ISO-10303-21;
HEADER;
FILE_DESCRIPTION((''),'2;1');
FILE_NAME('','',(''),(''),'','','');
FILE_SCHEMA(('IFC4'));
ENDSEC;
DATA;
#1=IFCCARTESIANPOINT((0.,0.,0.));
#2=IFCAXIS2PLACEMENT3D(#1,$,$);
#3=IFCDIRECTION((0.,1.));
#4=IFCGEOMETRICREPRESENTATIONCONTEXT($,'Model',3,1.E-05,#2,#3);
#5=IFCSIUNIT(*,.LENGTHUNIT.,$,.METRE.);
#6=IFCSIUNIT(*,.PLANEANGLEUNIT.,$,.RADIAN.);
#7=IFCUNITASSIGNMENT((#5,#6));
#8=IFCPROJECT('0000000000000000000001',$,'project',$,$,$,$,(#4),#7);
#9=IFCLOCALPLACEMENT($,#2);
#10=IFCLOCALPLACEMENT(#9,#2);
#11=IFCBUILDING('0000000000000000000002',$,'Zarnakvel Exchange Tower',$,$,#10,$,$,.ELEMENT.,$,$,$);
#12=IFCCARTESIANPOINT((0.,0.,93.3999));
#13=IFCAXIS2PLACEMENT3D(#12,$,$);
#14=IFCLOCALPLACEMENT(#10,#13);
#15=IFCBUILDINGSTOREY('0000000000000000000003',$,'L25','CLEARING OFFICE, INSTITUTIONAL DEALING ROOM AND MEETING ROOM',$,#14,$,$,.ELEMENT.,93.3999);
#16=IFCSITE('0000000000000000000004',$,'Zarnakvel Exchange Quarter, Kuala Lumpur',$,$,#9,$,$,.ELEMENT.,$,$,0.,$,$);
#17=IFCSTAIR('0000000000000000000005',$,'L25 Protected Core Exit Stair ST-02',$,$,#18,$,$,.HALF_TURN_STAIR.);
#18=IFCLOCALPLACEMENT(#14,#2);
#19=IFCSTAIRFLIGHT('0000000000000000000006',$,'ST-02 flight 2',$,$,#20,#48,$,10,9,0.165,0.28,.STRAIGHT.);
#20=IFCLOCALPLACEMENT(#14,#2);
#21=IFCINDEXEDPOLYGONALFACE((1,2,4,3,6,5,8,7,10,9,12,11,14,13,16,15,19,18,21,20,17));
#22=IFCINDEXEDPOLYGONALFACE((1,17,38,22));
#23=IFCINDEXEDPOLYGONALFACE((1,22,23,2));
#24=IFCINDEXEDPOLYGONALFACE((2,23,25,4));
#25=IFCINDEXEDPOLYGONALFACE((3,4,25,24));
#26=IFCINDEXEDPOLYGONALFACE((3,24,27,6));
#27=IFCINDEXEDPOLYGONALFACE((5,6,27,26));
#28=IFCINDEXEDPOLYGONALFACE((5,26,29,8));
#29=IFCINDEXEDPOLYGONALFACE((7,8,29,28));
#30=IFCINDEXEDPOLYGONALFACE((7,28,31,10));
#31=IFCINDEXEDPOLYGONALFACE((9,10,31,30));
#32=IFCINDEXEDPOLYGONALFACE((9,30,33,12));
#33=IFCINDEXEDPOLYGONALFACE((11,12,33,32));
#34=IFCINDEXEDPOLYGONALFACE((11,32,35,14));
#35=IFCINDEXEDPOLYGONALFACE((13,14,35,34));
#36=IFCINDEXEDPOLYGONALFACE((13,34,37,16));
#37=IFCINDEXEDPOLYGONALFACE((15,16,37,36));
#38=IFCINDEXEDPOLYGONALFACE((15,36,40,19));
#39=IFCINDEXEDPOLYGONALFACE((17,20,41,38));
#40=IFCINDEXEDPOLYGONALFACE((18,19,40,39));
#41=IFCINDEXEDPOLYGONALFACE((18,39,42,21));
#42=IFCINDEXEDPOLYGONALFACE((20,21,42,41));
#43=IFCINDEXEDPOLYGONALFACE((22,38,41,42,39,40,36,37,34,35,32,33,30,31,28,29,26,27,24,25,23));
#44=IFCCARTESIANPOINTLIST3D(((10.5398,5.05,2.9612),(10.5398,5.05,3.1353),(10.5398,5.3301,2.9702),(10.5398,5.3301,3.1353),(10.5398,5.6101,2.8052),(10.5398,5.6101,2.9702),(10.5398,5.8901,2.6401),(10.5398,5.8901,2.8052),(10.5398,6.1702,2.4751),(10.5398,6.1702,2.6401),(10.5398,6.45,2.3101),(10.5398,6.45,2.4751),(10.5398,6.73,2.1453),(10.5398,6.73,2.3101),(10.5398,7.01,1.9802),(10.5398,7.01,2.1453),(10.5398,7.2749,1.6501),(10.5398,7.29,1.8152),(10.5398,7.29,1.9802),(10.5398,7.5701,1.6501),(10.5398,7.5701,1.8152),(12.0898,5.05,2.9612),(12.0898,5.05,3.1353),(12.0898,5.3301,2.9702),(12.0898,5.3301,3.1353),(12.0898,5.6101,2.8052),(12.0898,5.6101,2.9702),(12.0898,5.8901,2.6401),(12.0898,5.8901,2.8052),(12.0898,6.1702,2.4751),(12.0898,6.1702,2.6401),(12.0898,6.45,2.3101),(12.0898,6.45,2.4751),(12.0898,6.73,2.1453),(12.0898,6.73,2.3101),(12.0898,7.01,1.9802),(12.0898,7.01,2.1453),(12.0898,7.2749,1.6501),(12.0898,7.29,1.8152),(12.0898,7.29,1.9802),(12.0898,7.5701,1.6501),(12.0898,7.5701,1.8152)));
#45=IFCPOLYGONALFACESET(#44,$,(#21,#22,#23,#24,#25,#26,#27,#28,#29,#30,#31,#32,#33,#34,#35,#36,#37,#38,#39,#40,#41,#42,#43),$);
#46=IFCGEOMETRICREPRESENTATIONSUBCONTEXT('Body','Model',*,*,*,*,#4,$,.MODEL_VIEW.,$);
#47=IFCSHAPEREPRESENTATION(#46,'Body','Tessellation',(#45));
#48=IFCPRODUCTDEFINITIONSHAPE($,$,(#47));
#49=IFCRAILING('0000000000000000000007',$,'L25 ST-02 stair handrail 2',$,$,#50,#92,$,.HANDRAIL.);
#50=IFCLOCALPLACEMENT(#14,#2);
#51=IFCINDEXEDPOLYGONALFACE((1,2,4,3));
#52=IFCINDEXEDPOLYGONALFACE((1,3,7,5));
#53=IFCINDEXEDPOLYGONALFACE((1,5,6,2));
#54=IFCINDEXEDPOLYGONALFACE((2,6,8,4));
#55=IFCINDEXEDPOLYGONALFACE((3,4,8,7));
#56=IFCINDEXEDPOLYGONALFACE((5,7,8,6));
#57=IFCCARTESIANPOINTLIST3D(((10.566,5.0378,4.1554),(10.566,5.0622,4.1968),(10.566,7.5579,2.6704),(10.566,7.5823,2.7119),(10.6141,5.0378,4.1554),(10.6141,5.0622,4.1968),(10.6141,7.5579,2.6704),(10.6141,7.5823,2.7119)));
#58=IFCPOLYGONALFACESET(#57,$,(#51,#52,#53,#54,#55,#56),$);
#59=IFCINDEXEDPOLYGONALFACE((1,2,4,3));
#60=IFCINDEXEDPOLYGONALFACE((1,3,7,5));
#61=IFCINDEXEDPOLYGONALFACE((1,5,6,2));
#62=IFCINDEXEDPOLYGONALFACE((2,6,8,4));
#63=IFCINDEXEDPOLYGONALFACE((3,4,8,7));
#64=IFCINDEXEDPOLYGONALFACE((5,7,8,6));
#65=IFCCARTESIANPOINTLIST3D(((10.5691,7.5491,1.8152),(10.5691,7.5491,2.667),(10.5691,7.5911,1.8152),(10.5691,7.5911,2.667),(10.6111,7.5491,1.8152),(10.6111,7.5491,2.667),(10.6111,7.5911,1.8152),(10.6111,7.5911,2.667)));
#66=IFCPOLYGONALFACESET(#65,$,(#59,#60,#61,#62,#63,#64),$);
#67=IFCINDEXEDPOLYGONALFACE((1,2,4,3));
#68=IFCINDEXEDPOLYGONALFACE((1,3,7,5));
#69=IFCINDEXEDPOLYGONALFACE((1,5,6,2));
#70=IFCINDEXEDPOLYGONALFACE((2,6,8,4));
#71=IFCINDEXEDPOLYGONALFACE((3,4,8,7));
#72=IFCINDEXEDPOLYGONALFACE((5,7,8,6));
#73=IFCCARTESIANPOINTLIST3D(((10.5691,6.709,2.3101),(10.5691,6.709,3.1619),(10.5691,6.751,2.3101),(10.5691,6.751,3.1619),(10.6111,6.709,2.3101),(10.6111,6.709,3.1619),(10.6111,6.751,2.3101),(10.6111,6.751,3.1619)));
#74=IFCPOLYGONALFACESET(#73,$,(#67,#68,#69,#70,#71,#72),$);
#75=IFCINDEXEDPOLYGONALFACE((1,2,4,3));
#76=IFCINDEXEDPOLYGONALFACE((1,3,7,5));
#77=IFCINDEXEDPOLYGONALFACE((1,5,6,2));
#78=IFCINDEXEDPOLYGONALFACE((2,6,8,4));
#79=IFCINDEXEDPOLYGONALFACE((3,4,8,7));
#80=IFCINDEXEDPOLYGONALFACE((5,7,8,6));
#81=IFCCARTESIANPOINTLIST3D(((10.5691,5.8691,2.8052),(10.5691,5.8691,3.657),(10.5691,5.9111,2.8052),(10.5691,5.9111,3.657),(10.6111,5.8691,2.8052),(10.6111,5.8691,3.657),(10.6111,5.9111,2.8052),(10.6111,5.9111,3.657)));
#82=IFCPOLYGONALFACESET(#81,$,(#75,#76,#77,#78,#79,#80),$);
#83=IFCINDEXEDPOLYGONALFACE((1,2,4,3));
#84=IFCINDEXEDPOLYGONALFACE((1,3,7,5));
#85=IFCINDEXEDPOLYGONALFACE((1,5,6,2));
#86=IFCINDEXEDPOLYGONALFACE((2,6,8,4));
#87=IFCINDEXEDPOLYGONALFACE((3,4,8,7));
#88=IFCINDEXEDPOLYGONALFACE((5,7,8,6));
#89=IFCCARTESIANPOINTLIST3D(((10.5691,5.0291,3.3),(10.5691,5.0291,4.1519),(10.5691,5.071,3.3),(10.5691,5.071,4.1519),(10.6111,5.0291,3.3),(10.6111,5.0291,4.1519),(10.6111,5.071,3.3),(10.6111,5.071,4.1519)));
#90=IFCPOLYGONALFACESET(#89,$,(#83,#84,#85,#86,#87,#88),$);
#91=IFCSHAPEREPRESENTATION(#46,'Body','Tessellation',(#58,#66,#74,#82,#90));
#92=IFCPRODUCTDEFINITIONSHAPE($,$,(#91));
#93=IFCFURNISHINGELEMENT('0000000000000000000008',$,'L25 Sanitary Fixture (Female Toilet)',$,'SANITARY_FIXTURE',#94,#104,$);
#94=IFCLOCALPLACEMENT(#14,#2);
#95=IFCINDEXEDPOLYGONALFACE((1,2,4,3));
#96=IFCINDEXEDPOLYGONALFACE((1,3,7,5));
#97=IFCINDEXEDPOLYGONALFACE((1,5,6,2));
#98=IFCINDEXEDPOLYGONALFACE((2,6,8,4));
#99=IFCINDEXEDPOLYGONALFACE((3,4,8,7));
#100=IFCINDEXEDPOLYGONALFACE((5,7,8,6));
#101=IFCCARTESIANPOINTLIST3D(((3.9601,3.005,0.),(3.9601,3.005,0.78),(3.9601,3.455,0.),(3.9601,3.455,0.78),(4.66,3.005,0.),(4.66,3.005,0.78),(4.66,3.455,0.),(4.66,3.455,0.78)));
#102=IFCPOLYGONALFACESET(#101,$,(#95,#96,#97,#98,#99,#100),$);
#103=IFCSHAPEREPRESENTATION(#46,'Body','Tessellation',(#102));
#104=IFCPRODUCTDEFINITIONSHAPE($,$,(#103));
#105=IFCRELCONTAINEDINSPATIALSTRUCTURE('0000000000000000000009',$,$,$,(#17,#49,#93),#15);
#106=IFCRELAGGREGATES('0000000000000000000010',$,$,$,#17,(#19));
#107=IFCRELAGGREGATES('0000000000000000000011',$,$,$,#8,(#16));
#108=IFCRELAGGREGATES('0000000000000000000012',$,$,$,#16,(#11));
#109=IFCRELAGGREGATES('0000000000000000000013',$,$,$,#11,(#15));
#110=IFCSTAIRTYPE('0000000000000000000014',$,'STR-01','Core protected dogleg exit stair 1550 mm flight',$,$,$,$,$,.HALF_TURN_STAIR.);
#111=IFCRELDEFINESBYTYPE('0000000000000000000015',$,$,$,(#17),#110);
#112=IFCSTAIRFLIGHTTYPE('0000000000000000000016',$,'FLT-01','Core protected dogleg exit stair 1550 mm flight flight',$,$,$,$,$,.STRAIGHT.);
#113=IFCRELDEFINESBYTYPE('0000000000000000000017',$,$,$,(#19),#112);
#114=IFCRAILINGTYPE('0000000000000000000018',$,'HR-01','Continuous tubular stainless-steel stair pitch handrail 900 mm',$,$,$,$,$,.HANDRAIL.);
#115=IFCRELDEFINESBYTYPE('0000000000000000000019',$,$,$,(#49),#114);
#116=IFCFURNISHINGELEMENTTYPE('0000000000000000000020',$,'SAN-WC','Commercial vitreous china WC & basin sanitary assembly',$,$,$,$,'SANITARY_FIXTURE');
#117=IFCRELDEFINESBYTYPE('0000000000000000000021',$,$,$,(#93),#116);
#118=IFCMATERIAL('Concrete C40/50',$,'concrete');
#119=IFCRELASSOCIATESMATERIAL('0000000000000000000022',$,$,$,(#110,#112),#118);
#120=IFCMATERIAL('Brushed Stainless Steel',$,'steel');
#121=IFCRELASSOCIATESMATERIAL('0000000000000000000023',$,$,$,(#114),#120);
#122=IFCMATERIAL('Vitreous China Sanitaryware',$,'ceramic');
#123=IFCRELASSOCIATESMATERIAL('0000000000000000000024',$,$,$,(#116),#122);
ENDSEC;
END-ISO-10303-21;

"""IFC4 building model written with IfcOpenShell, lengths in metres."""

from ifc_helpers import new_model, si_unit, direction, frame, origin, origin_2d, place, context, subcontext, project, spatial, polyline, rectangle, outline, extrude, source, transform, mapped, material, type_object, element, aggregate, save


model = new_model("IFC4")

# Units and contexts
model_context = context("Model", 3, precision=1e-05, world=origin(), true_north=direction((0.0, 1.0)))
body_context = subcontext(model_context, "Body", "Model", "MODEL_VIEW")
ifc_project = project(units=[si_unit("LENGTHUNIT", "METRE"), si_unit("PLANEANGLEUNIT", "RADIAN")], contexts=[model_context])

# Site, building, storey
site_placement = place(None, origin())
site = spatial("IfcSite", under=ifc_project, at=site_placement, Name="Zarnakvel Exchange Quarter, Kuala Lumpur", CompositionType="ELEMENT", RefElevation=0.0)
building_placement = place(site_placement, origin())
building = spatial("IfcBuilding", under=site, at=building_placement, Name="Zarnakvel Exchange Tower", CompositionType="ELEMENT")
storey_placement = place(building_placement, frame((0.0, 0.0, 93.3999)))
storey = spatial("IfcBuildingStorey", under=building, at=storey_placement, Name="L25", Description="CLEARING OFFICE, INSTITUTIONAL DEALING ROOM AND MEETING ROOM", CompositionType="ELEMENT", Elevation=93.3999)

# Shared definitions
ifc_material_1 = material(Name="Concrete C40/50", Category="concrete")
ifc_material_2 = material(Name="Brushed Stainless Steel", Category="steel")

# Stair, stair flight
stair_type = type_object("IfcStairType", Name="STR-01", Description="Core protected dogleg exit stair 1550 mm flight", PredefinedType="HALF_TURN_STAIR", material=ifc_material_1)
stair_placement = place(storey_placement, origin())
stair = element("IfcStair", 1, at=stair_placement, inside=storey, type_object=stair_type, Name="L25 Protected Core Exit Stair ST-02", PredefinedType="HALF_TURN_STAIR")
stair_flight_type = type_object("IfcStairFlightType", Name="FLT-01", Description="Core protected dogleg exit stair 1550 mm flight flight", PredefinedType="STRAIGHT", material=ifc_material_1)
stair_flight_placement = place(storey_placement, frame((11.3149, 7.5701, 1.6501), z_axis=(0.0, 0.0, 1.0), x_axis=(0.0, -1.0, 0.0)))
stair_flight = element("IfcStairFlight", 2, at=stair_flight_placement, type_object=stair_flight_type, Name="ST-02 flight 2", NumberOfRisers=10, NumberOfTreads=9, PredefinedType="STRAIGHT", RiserHeight=0.165, TreadLength=0.28, context=body_context, shape_type="SweptSolid", body=[
    extrude(outline(polyline([(0.0, 0.0), (0.0, 0.165), (0.28, 0.165), (0.28, 0.3301), (0.5601, 0.3301), (0.5601, 0.4951), (0.8401, 0.4951), (0.8401, 0.6599), (1.1201, 0.6599), (1.1201, 0.825), (1.3999, 0.825), (1.3999, 0.99), (1.6799, 0.99), (1.6799, 1.155), (1.96, 1.155), (1.96, 1.3201), (2.24, 1.3201), (2.24, 1.4851), (2.52, 1.4851), (2.52, 1.6499), (2.52, 1.311), (0.2952, 0.0), (0.0, 0.0)])), frame((0.0, 0.7749, 0.0), z_axis=(0.0, -1.0, 0.0), x_axis=(1.0, 0.0, 0.0)), (0.0, 0.0, 1.0), 1.55),
])
aggregate(stair, [stair_flight])

# Railing
railing_type = type_object("IfcRailingType", Name="HR-01", Description="Continuous tubular stainless-steel stair pitch handrail 900 mm", PredefinedType="HANDRAIL", material=ifc_material_2)
railing_placement = place(storey_placement, frame((10.5901, 7.5701, 1.8152)))
element("IfcRailing", 3, at=railing_placement, inside=storey, type_object=railing_type, Name="L25 ST-02 stair handrail 2", PredefinedType="HANDRAIL", context=body_context, shape_type="SweptSolid", body=[
    extrude(rectangle(XDim=0.0481, YDim=0.0481, at=origin_2d()), frame((0.0, 0.0, 0.876), z_axis=(0.0, -0.861561, 0.507655), x_axis=(1.0, 0.0, 0.0)), (0.0, 0.0, 1.0), 2.925),
    extrude(rectangle(XDim=0.042, YDim=0.042, at=origin_2d()), origin(), (0.0, 0.0, 1.0), 0.8518),
    extrude(rectangle(XDim=0.042, YDim=0.042, at=origin_2d()), frame((0.0, -0.8401, 0.4949)), (0.0, 0.0, 1.0), 0.8518),
    extrude(rectangle(XDim=0.042, YDim=0.042, at=origin_2d()), frame((0.0, -1.6799, 0.99)), (0.0, 0.0, 1.0), 0.8518),
    extrude(rectangle(XDim=0.042, YDim=0.042, at=origin_2d()), frame((0.0, -2.52, 1.4849)), (0.0, 0.0, 1.0), 0.8518),
])

# Furnishing element
ifc_material_3 = material(Name="Vitreous China Sanitaryware", Category="ceramic")
furnishing_element_type = type_object("IfcFurnishingElementType", Name="SAN-WC", Description="Commercial vitreous china WC & basin sanitary assembly", ElementType="SANITARY_FIXTURE", material=ifc_material_3)
shared_shape_1 = source(origin(), body_context, "Body", "SweptSolid", [
    extrude(rectangle(XDim=0.7, YDim=0.45, at=origin_2d()), origin(), (0.0, 0.0, 1.0), 0.78),
])
furnishing_placement = place(storey_placement, frame((4.3101, 3.23, 0.0), z_axis=(0.0, 0.0, 1.0), x_axis=(1.0, 0.0, 0.0)))
element("IfcFurnishingElement", 4, at=furnishing_placement, inside=storey, type_object=furnishing_element_type, Name="L25 Sanitary Fixture (Female Toilet)", ObjectType="SANITARY_FIXTURE", context=body_context, shape_type="MappedRepresentation", body=[
    mapped(shared_shape_1, transform((0.0, 0.0, 0.0), x_axis=(1.0, 0.0, 0.0), y_axis=(0.0, 1.0, 0.0), z_axis=(0.0, 0.0, 1.0), scale=1.0)),
])

save(model, "model.ifc")
